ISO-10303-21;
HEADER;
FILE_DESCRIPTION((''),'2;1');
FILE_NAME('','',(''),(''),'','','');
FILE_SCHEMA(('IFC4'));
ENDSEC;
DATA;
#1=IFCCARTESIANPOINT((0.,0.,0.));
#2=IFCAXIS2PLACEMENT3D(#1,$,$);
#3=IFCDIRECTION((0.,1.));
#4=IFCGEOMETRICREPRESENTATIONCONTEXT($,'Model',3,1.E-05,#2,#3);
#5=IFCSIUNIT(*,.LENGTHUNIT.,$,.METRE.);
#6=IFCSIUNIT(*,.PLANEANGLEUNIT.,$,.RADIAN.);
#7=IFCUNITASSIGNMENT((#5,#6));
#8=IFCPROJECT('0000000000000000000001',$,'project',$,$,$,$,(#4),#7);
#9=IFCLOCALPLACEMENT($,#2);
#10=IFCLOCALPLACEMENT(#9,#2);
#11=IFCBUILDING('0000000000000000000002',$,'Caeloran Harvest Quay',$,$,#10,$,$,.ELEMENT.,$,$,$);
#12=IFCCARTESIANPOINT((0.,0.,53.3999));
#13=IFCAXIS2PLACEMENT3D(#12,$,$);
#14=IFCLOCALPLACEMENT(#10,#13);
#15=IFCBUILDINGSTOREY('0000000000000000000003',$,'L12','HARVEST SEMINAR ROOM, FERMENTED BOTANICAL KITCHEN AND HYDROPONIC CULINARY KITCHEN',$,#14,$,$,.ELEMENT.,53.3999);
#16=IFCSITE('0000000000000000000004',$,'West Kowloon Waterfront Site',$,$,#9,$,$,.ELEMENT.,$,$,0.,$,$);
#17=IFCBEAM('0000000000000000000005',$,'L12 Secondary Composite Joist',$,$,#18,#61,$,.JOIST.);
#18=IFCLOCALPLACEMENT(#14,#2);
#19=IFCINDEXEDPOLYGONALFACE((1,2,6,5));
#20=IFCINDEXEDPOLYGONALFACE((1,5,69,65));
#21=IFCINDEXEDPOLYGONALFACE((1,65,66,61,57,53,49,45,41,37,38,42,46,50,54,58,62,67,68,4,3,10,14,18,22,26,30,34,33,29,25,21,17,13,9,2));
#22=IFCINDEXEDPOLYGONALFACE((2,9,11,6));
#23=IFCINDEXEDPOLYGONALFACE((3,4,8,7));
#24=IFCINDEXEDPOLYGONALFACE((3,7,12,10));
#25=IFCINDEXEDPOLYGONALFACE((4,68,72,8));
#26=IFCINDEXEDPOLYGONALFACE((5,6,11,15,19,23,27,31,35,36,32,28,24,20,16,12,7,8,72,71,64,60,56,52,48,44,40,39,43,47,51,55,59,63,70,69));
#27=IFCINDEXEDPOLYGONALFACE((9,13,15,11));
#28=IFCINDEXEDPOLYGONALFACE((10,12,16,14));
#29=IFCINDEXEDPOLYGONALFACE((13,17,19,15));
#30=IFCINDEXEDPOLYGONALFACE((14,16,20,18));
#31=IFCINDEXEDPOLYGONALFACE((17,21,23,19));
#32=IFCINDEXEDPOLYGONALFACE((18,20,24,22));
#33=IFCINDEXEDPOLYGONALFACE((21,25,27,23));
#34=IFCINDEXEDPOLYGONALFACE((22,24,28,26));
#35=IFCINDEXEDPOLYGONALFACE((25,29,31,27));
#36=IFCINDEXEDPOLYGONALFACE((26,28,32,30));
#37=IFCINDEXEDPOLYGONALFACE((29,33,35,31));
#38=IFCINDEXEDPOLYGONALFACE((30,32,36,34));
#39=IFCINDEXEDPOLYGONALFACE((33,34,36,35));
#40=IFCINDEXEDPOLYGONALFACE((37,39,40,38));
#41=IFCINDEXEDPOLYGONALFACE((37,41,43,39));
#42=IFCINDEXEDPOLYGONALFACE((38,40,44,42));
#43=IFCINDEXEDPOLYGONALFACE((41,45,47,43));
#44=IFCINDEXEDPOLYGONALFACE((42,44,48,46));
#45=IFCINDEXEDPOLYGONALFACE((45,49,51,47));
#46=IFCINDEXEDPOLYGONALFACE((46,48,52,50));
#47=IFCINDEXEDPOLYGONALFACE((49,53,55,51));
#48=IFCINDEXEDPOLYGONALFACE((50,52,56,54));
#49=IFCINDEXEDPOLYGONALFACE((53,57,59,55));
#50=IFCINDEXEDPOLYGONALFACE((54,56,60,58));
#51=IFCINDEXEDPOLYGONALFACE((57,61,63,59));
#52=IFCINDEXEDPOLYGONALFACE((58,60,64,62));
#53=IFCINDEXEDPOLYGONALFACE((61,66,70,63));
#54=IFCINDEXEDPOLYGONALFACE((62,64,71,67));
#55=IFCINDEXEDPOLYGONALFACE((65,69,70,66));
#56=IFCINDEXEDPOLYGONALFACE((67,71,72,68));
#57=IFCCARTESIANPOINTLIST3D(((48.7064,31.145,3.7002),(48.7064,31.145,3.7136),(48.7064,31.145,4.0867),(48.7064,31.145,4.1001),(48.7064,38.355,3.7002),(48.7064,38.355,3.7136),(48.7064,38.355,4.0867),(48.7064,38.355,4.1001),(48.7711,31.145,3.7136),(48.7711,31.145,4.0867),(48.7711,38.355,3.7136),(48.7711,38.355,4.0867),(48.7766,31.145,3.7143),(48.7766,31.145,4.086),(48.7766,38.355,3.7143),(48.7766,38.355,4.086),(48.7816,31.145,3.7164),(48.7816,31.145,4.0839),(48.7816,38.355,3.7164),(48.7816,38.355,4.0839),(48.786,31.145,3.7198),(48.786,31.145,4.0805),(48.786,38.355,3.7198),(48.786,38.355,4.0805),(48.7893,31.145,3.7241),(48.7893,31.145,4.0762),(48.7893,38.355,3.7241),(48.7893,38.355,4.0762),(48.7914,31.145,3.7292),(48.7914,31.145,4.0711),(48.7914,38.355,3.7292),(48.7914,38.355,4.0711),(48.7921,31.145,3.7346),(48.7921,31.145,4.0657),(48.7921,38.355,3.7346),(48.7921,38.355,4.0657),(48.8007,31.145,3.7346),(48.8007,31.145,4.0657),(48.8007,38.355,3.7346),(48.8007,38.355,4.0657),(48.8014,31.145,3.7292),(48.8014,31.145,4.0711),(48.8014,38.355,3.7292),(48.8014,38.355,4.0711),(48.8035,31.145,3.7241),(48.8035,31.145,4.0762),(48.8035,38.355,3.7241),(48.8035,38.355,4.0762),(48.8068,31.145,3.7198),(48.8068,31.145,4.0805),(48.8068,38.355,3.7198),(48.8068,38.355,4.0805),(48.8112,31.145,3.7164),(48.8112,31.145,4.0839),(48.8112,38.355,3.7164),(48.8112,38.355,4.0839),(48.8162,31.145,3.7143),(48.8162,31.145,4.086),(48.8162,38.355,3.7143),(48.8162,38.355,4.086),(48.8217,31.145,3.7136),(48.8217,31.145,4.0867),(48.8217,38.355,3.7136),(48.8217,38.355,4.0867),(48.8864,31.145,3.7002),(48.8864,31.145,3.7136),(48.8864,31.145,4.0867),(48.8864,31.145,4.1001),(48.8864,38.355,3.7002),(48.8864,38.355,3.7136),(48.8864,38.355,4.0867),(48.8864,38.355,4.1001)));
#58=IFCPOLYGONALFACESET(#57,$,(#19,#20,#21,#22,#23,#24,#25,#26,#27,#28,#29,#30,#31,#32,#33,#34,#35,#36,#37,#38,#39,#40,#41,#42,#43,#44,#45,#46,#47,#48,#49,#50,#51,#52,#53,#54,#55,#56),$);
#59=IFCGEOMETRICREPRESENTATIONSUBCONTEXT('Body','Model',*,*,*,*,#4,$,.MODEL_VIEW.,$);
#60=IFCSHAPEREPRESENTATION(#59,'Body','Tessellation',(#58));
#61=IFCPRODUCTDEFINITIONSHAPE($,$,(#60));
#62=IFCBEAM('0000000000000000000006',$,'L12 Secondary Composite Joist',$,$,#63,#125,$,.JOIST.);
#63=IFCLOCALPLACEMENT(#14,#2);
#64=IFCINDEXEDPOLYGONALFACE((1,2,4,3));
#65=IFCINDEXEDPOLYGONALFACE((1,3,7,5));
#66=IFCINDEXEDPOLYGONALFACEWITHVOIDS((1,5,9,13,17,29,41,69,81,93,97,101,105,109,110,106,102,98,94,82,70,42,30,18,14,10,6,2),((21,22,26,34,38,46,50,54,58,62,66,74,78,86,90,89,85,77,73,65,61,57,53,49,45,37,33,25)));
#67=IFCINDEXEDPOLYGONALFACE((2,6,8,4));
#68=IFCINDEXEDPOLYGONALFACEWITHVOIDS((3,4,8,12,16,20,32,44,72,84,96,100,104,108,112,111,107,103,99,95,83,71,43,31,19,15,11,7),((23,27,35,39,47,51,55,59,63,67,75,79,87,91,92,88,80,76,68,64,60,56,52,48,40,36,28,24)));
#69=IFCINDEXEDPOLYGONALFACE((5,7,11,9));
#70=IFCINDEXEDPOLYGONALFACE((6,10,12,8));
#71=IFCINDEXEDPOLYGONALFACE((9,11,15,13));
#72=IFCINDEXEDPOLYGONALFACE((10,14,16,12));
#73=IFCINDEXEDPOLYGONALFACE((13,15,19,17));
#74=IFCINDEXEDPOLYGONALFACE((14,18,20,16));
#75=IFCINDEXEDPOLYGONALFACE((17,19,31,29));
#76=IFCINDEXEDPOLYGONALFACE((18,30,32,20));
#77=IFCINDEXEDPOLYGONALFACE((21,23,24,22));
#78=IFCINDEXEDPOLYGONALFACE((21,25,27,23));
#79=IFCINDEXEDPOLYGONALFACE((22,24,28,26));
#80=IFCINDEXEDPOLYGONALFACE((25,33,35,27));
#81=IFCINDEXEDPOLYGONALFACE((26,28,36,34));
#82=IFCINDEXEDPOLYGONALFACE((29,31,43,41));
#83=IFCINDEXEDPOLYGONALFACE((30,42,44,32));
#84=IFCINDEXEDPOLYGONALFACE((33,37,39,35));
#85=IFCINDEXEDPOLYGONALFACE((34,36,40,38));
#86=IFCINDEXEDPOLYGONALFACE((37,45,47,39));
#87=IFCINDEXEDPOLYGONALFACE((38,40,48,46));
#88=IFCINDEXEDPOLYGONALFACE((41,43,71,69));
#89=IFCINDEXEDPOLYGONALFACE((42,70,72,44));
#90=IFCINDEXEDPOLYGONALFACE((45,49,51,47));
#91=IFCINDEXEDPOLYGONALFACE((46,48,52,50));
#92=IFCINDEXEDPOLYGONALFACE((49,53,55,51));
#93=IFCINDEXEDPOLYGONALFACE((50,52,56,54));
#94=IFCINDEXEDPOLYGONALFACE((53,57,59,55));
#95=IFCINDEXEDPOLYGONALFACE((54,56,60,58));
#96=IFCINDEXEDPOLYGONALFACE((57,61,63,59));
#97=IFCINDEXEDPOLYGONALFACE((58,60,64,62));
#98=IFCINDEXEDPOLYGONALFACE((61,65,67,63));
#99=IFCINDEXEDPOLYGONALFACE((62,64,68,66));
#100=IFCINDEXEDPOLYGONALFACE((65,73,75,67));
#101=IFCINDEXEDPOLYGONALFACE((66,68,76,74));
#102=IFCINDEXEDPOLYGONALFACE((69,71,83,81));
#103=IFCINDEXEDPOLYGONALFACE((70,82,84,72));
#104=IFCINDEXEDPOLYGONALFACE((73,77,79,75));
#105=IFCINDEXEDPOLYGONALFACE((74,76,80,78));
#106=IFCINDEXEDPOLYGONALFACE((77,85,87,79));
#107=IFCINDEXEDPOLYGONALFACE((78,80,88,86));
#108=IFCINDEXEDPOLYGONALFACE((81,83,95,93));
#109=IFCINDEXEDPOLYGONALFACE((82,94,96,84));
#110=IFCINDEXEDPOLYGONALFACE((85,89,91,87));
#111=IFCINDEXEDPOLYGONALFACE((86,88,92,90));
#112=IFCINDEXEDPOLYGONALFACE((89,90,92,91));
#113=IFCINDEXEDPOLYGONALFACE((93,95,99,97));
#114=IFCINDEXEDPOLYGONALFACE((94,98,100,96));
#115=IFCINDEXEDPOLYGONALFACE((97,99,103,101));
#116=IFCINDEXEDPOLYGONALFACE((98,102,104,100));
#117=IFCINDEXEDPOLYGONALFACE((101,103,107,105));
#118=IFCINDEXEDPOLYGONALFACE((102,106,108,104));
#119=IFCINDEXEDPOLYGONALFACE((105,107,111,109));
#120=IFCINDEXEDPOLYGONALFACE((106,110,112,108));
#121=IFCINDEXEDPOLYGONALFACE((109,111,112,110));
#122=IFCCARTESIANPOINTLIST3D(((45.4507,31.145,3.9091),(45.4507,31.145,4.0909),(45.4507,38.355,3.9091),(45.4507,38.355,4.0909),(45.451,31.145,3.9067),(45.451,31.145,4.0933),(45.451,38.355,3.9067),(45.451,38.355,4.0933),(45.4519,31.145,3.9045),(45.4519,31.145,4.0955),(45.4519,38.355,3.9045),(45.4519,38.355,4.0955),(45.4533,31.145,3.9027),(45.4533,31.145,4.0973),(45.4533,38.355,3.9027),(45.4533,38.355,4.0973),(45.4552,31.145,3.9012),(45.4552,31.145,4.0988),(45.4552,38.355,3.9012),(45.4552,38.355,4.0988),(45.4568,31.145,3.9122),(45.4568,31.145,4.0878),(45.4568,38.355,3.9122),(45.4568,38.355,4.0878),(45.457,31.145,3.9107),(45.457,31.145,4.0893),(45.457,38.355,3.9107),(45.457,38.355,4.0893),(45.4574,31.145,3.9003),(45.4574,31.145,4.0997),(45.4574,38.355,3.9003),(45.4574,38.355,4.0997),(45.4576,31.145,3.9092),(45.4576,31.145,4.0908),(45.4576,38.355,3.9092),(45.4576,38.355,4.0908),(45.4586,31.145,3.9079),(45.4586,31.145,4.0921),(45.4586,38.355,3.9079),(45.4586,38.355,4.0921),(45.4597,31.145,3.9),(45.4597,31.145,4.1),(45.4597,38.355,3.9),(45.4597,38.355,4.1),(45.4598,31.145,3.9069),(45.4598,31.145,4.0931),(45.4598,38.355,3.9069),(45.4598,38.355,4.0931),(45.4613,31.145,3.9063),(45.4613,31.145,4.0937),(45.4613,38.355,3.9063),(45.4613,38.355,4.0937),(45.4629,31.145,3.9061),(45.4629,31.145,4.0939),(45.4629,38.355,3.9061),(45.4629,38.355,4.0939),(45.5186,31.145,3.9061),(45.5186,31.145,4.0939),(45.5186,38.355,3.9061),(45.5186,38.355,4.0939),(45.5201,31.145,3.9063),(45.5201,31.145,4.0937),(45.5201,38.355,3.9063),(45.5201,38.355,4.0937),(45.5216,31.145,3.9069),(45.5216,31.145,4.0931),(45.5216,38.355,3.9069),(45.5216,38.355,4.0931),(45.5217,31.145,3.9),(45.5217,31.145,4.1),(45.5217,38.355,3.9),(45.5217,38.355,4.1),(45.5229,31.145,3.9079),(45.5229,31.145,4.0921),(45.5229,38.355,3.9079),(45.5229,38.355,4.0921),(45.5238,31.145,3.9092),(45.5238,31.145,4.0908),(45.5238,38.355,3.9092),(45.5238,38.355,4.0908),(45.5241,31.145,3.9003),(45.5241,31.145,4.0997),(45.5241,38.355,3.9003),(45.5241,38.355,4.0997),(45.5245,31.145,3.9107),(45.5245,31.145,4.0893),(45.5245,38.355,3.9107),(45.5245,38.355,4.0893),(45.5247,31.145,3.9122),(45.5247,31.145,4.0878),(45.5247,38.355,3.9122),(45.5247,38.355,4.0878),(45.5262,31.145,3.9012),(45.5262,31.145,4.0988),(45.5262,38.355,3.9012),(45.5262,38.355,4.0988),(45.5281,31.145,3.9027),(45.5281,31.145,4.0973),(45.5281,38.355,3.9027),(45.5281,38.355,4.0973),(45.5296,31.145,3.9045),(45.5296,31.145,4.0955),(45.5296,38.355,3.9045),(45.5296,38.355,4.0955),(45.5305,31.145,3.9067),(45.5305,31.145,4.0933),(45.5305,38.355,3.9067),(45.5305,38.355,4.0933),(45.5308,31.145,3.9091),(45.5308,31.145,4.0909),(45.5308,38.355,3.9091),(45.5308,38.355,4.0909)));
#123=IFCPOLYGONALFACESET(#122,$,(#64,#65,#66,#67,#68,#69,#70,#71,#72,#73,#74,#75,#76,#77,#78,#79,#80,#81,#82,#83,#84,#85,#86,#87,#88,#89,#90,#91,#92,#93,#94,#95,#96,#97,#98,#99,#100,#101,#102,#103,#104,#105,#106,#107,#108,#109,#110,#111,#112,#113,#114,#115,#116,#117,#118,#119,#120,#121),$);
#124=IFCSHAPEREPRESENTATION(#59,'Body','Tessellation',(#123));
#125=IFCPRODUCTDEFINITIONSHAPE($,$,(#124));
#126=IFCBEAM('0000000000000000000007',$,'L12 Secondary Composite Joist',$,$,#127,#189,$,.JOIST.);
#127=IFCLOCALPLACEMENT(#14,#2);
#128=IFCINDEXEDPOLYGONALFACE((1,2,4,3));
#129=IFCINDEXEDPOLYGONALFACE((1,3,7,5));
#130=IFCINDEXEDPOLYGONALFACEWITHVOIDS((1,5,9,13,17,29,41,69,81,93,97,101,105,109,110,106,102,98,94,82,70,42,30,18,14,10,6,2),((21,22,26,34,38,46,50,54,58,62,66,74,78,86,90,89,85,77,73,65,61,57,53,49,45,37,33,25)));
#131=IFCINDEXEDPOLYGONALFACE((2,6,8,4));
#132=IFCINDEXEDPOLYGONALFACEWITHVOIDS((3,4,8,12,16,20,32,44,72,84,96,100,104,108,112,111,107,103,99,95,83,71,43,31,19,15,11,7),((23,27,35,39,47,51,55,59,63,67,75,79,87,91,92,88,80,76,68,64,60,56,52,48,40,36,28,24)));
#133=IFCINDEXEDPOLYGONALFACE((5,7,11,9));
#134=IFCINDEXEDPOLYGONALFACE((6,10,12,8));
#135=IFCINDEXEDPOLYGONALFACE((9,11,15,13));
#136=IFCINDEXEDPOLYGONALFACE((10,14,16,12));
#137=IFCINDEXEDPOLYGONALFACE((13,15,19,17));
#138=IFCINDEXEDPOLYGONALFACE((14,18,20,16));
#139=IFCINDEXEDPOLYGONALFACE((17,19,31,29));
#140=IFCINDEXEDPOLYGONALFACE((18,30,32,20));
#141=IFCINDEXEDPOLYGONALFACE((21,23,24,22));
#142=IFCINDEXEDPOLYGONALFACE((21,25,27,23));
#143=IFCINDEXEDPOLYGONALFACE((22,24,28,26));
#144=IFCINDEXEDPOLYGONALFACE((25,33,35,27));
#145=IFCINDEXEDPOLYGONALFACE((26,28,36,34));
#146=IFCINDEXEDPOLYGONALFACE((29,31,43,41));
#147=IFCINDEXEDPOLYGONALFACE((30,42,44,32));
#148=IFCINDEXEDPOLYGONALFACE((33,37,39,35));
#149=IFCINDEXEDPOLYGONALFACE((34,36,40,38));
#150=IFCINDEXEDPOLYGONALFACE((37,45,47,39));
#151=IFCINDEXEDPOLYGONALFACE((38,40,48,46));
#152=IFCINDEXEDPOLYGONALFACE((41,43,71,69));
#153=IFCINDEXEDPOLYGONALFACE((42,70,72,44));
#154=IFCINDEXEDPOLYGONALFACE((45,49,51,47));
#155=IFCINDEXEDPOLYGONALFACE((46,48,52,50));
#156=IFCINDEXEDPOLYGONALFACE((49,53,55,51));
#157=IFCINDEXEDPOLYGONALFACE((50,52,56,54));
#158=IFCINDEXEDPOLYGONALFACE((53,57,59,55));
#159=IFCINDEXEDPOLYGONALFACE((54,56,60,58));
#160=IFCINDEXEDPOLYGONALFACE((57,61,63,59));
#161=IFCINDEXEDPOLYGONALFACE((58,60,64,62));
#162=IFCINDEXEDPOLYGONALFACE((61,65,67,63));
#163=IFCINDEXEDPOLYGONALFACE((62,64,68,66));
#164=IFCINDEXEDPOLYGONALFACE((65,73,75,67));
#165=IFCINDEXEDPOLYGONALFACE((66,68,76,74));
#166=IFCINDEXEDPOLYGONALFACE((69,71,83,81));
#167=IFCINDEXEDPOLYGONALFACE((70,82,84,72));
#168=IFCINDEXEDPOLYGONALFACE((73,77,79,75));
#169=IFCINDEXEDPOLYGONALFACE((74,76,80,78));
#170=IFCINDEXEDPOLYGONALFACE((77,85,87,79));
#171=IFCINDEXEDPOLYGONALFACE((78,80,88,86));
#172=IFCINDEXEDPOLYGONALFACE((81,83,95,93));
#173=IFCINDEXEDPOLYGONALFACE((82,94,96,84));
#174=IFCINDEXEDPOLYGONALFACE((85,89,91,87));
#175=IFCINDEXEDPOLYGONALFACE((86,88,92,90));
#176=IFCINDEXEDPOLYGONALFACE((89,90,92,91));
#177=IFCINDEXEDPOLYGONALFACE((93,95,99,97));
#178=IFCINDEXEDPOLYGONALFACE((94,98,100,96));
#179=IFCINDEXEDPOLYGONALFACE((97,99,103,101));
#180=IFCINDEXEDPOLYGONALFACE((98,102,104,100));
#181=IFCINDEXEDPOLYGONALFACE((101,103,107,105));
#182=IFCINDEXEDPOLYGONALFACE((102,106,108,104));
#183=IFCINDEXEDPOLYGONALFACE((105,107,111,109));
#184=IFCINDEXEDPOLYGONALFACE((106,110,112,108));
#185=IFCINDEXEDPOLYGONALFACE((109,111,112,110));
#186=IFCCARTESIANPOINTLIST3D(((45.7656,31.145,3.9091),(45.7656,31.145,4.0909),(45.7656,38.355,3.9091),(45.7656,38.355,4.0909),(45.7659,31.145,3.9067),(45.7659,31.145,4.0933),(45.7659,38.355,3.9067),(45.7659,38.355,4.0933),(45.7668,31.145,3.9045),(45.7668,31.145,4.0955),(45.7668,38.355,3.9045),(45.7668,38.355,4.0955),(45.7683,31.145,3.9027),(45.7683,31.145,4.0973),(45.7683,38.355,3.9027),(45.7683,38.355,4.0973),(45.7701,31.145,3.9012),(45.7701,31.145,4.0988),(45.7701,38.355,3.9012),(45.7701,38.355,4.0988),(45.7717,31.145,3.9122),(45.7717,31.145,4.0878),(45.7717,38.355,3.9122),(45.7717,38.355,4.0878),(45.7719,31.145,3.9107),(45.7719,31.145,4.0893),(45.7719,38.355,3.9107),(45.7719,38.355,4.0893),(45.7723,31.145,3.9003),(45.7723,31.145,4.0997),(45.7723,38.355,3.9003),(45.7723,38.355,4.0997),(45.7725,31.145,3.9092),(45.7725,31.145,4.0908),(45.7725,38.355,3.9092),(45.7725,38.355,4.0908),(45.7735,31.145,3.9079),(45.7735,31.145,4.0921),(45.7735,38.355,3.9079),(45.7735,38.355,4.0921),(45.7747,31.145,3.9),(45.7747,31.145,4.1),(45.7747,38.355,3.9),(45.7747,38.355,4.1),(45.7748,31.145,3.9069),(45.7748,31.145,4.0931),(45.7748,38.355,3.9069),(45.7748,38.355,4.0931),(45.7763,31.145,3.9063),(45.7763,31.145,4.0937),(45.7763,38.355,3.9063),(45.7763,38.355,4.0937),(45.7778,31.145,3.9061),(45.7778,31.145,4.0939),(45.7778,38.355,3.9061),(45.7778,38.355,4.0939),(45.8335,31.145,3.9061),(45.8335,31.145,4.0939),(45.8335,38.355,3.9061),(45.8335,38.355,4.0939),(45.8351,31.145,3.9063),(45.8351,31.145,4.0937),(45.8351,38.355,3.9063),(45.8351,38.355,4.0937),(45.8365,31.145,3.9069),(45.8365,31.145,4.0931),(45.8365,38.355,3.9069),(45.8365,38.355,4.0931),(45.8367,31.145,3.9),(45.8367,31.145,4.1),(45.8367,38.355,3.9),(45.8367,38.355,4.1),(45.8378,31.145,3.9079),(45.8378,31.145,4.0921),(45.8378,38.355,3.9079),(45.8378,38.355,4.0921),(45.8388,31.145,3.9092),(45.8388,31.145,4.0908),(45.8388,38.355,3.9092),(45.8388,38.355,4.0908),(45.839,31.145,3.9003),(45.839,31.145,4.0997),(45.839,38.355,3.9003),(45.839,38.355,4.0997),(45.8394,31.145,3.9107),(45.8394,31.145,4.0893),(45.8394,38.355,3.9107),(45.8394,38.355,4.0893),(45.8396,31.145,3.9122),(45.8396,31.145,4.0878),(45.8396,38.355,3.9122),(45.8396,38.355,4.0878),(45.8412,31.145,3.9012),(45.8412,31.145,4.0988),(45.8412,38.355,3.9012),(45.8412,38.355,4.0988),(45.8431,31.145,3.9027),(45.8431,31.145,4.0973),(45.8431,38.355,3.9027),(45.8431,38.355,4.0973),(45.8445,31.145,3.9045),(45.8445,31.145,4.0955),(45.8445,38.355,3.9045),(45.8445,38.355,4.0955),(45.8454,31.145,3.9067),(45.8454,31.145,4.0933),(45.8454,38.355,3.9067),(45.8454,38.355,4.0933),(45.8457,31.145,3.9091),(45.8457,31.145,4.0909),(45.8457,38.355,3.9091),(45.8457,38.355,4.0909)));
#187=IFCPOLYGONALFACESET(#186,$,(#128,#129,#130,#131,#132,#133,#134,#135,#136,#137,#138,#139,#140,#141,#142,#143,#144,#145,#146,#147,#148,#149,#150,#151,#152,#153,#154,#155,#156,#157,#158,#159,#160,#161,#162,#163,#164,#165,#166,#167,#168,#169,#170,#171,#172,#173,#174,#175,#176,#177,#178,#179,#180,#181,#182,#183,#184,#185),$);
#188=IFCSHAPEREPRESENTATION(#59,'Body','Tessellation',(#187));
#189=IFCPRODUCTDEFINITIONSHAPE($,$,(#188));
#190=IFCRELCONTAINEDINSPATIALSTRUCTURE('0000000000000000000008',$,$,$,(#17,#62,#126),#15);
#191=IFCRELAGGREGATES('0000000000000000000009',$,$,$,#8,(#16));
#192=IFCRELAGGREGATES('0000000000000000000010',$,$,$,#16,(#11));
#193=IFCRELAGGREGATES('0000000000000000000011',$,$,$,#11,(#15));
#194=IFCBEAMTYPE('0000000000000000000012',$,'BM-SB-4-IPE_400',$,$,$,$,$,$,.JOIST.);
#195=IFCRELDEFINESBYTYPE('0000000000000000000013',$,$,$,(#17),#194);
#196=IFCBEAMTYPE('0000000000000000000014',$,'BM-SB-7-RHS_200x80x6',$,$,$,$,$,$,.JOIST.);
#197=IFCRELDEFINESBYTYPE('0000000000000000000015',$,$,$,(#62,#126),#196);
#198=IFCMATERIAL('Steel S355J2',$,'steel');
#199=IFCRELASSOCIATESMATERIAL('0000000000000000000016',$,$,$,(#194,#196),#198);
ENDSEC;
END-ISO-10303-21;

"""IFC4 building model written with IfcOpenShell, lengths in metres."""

from ifc_helpers import new_model, si_unit, direction, frame, origin, origin_2d, place, context, subcontext, project, spatial, hollow_rectangle, i_section, extrude, material, material_profile, profile_set, type_object, element, save


model = new_model("IFC4")

# Units and contexts
model_context = context("Model", 3, precision=1e-05, world=origin(), true_north=direction((0.0, 1.0)))
body_context = subcontext(model_context, "Body", "Model", "MODEL_VIEW")
ifc_project = project(units=[si_unit("LENGTHUNIT", "METRE"), si_unit("PLANEANGLEUNIT", "RADIAN")], contexts=[model_context])

# Site, building, storey
site_placement = place(None, origin())
site = spatial("IfcSite", under=ifc_project, at=site_placement, Name="West Kowloon Waterfront Site", CompositionType="ELEMENT", RefElevation=0.0)
building_placement = place(site_placement, origin())
building = spatial("IfcBuilding", under=site, at=building_placement, Name="Caeloran Harvest Quay", CompositionType="ELEMENT")
storey_placement = place(building_placement, frame((0.0, 0.0, 53.3999)))
storey = spatial("IfcBuildingStorey", under=building, at=storey_placement, Name="L12", Description="HARVEST SEMINAR ROOM, FERMENTED BOTANICAL KITCHEN AND HYDROPONIC CULINARY KITCHEN", CompositionType="ELEMENT", Elevation=53.3999)

# Beams
ifc_material_1 = material(Name="Steel S355J2", Category="steel")
ifc_material_profile_1 = material_profile(ifc_material_1, i_section(OverallWidth=0.1799, OverallDepth=0.3999, WebThickness=0.0085, FlangeThickness=0.0134, FilletRadius=0.021, at=origin_2d()), Name="IPE 400")
ifc_profile_set_1 = profile_set([ifc_material_profile_1], Name="Steel S355J2")
beam_type_1 = type_object("IfcBeamType", Name="BM-SB-4-IPE_400", PredefinedType="JOIST", material=ifc_profile_set_1)
for number, where, z_axis, x_axis, name in (
    (1, (48.7964, 31.145, 3.9001), (0.0, 1.0, 0.0), (-1.0, 0.0, 0.0), "L12 Secondary Composite Joist"),
):
    element("IfcBeam", number, at=place(storey_placement, frame(where, z_axis=z_axis, x_axis=x_axis)), inside=storey, type_object=beam_type_1, Name=name, PredefinedType="JOIST", context=body_context, shape_type="SweptSolid", body=[
        extrude(i_section(OverallWidth=0.1799, OverallDepth=0.3999, WebThickness=0.0085, FlangeThickness=0.0134, FilletRadius=0.021, at=origin_2d()), origin(), (0.0, 0.0, 1.0), 7.21),
    ])
ifc_material_profile_2 = material_profile(ifc_material_1, hollow_rectangle(XDim=0.0801, YDim=0.2, WallThickness=0.0061, InnerFilletRadius=0.0061, OuterFilletRadius=0.009, at=origin_2d()), Name="RHS 200x80x6")
ifc_profile_set_2 = profile_set([ifc_material_profile_2], Name="Steel S355J2")
beam_type_2 = type_object("IfcBeamType", Name="BM-SB-7-RHS_200x80x6", PredefinedType="JOIST", material=ifc_profile_set_2)
for number, where, z_axis, x_axis, name in (
    (2, (45.4907, 31.145, 4.0), (0.0, 1.0, 0.0), (-1.0, 0.0, 0.0), "L12 Secondary Composite Joist"),
    (3, (45.8057, 31.145, 4.0), (0.0, 1.0, 0.0), (-1.0, 0.0, 0.0), "L12 Secondary Composite Joist"),
):
    element("IfcBeam", number, at=place(storey_placement, frame(where, z_axis=z_axis, x_axis=x_axis)), inside=storey, type_object=beam_type_2, Name=name, PredefinedType="JOIST", context=body_context, shape_type="SweptSolid", body=[
        extrude(hollow_rectangle(XDim=0.0801, YDim=0.2, WallThickness=0.0061, InnerFilletRadius=0.0061, OuterFilletRadius=0.009, at=origin_2d()), origin(), (0.0, 0.0, 1.0), 7.21),
    ])

save(model, "model.ifc")
